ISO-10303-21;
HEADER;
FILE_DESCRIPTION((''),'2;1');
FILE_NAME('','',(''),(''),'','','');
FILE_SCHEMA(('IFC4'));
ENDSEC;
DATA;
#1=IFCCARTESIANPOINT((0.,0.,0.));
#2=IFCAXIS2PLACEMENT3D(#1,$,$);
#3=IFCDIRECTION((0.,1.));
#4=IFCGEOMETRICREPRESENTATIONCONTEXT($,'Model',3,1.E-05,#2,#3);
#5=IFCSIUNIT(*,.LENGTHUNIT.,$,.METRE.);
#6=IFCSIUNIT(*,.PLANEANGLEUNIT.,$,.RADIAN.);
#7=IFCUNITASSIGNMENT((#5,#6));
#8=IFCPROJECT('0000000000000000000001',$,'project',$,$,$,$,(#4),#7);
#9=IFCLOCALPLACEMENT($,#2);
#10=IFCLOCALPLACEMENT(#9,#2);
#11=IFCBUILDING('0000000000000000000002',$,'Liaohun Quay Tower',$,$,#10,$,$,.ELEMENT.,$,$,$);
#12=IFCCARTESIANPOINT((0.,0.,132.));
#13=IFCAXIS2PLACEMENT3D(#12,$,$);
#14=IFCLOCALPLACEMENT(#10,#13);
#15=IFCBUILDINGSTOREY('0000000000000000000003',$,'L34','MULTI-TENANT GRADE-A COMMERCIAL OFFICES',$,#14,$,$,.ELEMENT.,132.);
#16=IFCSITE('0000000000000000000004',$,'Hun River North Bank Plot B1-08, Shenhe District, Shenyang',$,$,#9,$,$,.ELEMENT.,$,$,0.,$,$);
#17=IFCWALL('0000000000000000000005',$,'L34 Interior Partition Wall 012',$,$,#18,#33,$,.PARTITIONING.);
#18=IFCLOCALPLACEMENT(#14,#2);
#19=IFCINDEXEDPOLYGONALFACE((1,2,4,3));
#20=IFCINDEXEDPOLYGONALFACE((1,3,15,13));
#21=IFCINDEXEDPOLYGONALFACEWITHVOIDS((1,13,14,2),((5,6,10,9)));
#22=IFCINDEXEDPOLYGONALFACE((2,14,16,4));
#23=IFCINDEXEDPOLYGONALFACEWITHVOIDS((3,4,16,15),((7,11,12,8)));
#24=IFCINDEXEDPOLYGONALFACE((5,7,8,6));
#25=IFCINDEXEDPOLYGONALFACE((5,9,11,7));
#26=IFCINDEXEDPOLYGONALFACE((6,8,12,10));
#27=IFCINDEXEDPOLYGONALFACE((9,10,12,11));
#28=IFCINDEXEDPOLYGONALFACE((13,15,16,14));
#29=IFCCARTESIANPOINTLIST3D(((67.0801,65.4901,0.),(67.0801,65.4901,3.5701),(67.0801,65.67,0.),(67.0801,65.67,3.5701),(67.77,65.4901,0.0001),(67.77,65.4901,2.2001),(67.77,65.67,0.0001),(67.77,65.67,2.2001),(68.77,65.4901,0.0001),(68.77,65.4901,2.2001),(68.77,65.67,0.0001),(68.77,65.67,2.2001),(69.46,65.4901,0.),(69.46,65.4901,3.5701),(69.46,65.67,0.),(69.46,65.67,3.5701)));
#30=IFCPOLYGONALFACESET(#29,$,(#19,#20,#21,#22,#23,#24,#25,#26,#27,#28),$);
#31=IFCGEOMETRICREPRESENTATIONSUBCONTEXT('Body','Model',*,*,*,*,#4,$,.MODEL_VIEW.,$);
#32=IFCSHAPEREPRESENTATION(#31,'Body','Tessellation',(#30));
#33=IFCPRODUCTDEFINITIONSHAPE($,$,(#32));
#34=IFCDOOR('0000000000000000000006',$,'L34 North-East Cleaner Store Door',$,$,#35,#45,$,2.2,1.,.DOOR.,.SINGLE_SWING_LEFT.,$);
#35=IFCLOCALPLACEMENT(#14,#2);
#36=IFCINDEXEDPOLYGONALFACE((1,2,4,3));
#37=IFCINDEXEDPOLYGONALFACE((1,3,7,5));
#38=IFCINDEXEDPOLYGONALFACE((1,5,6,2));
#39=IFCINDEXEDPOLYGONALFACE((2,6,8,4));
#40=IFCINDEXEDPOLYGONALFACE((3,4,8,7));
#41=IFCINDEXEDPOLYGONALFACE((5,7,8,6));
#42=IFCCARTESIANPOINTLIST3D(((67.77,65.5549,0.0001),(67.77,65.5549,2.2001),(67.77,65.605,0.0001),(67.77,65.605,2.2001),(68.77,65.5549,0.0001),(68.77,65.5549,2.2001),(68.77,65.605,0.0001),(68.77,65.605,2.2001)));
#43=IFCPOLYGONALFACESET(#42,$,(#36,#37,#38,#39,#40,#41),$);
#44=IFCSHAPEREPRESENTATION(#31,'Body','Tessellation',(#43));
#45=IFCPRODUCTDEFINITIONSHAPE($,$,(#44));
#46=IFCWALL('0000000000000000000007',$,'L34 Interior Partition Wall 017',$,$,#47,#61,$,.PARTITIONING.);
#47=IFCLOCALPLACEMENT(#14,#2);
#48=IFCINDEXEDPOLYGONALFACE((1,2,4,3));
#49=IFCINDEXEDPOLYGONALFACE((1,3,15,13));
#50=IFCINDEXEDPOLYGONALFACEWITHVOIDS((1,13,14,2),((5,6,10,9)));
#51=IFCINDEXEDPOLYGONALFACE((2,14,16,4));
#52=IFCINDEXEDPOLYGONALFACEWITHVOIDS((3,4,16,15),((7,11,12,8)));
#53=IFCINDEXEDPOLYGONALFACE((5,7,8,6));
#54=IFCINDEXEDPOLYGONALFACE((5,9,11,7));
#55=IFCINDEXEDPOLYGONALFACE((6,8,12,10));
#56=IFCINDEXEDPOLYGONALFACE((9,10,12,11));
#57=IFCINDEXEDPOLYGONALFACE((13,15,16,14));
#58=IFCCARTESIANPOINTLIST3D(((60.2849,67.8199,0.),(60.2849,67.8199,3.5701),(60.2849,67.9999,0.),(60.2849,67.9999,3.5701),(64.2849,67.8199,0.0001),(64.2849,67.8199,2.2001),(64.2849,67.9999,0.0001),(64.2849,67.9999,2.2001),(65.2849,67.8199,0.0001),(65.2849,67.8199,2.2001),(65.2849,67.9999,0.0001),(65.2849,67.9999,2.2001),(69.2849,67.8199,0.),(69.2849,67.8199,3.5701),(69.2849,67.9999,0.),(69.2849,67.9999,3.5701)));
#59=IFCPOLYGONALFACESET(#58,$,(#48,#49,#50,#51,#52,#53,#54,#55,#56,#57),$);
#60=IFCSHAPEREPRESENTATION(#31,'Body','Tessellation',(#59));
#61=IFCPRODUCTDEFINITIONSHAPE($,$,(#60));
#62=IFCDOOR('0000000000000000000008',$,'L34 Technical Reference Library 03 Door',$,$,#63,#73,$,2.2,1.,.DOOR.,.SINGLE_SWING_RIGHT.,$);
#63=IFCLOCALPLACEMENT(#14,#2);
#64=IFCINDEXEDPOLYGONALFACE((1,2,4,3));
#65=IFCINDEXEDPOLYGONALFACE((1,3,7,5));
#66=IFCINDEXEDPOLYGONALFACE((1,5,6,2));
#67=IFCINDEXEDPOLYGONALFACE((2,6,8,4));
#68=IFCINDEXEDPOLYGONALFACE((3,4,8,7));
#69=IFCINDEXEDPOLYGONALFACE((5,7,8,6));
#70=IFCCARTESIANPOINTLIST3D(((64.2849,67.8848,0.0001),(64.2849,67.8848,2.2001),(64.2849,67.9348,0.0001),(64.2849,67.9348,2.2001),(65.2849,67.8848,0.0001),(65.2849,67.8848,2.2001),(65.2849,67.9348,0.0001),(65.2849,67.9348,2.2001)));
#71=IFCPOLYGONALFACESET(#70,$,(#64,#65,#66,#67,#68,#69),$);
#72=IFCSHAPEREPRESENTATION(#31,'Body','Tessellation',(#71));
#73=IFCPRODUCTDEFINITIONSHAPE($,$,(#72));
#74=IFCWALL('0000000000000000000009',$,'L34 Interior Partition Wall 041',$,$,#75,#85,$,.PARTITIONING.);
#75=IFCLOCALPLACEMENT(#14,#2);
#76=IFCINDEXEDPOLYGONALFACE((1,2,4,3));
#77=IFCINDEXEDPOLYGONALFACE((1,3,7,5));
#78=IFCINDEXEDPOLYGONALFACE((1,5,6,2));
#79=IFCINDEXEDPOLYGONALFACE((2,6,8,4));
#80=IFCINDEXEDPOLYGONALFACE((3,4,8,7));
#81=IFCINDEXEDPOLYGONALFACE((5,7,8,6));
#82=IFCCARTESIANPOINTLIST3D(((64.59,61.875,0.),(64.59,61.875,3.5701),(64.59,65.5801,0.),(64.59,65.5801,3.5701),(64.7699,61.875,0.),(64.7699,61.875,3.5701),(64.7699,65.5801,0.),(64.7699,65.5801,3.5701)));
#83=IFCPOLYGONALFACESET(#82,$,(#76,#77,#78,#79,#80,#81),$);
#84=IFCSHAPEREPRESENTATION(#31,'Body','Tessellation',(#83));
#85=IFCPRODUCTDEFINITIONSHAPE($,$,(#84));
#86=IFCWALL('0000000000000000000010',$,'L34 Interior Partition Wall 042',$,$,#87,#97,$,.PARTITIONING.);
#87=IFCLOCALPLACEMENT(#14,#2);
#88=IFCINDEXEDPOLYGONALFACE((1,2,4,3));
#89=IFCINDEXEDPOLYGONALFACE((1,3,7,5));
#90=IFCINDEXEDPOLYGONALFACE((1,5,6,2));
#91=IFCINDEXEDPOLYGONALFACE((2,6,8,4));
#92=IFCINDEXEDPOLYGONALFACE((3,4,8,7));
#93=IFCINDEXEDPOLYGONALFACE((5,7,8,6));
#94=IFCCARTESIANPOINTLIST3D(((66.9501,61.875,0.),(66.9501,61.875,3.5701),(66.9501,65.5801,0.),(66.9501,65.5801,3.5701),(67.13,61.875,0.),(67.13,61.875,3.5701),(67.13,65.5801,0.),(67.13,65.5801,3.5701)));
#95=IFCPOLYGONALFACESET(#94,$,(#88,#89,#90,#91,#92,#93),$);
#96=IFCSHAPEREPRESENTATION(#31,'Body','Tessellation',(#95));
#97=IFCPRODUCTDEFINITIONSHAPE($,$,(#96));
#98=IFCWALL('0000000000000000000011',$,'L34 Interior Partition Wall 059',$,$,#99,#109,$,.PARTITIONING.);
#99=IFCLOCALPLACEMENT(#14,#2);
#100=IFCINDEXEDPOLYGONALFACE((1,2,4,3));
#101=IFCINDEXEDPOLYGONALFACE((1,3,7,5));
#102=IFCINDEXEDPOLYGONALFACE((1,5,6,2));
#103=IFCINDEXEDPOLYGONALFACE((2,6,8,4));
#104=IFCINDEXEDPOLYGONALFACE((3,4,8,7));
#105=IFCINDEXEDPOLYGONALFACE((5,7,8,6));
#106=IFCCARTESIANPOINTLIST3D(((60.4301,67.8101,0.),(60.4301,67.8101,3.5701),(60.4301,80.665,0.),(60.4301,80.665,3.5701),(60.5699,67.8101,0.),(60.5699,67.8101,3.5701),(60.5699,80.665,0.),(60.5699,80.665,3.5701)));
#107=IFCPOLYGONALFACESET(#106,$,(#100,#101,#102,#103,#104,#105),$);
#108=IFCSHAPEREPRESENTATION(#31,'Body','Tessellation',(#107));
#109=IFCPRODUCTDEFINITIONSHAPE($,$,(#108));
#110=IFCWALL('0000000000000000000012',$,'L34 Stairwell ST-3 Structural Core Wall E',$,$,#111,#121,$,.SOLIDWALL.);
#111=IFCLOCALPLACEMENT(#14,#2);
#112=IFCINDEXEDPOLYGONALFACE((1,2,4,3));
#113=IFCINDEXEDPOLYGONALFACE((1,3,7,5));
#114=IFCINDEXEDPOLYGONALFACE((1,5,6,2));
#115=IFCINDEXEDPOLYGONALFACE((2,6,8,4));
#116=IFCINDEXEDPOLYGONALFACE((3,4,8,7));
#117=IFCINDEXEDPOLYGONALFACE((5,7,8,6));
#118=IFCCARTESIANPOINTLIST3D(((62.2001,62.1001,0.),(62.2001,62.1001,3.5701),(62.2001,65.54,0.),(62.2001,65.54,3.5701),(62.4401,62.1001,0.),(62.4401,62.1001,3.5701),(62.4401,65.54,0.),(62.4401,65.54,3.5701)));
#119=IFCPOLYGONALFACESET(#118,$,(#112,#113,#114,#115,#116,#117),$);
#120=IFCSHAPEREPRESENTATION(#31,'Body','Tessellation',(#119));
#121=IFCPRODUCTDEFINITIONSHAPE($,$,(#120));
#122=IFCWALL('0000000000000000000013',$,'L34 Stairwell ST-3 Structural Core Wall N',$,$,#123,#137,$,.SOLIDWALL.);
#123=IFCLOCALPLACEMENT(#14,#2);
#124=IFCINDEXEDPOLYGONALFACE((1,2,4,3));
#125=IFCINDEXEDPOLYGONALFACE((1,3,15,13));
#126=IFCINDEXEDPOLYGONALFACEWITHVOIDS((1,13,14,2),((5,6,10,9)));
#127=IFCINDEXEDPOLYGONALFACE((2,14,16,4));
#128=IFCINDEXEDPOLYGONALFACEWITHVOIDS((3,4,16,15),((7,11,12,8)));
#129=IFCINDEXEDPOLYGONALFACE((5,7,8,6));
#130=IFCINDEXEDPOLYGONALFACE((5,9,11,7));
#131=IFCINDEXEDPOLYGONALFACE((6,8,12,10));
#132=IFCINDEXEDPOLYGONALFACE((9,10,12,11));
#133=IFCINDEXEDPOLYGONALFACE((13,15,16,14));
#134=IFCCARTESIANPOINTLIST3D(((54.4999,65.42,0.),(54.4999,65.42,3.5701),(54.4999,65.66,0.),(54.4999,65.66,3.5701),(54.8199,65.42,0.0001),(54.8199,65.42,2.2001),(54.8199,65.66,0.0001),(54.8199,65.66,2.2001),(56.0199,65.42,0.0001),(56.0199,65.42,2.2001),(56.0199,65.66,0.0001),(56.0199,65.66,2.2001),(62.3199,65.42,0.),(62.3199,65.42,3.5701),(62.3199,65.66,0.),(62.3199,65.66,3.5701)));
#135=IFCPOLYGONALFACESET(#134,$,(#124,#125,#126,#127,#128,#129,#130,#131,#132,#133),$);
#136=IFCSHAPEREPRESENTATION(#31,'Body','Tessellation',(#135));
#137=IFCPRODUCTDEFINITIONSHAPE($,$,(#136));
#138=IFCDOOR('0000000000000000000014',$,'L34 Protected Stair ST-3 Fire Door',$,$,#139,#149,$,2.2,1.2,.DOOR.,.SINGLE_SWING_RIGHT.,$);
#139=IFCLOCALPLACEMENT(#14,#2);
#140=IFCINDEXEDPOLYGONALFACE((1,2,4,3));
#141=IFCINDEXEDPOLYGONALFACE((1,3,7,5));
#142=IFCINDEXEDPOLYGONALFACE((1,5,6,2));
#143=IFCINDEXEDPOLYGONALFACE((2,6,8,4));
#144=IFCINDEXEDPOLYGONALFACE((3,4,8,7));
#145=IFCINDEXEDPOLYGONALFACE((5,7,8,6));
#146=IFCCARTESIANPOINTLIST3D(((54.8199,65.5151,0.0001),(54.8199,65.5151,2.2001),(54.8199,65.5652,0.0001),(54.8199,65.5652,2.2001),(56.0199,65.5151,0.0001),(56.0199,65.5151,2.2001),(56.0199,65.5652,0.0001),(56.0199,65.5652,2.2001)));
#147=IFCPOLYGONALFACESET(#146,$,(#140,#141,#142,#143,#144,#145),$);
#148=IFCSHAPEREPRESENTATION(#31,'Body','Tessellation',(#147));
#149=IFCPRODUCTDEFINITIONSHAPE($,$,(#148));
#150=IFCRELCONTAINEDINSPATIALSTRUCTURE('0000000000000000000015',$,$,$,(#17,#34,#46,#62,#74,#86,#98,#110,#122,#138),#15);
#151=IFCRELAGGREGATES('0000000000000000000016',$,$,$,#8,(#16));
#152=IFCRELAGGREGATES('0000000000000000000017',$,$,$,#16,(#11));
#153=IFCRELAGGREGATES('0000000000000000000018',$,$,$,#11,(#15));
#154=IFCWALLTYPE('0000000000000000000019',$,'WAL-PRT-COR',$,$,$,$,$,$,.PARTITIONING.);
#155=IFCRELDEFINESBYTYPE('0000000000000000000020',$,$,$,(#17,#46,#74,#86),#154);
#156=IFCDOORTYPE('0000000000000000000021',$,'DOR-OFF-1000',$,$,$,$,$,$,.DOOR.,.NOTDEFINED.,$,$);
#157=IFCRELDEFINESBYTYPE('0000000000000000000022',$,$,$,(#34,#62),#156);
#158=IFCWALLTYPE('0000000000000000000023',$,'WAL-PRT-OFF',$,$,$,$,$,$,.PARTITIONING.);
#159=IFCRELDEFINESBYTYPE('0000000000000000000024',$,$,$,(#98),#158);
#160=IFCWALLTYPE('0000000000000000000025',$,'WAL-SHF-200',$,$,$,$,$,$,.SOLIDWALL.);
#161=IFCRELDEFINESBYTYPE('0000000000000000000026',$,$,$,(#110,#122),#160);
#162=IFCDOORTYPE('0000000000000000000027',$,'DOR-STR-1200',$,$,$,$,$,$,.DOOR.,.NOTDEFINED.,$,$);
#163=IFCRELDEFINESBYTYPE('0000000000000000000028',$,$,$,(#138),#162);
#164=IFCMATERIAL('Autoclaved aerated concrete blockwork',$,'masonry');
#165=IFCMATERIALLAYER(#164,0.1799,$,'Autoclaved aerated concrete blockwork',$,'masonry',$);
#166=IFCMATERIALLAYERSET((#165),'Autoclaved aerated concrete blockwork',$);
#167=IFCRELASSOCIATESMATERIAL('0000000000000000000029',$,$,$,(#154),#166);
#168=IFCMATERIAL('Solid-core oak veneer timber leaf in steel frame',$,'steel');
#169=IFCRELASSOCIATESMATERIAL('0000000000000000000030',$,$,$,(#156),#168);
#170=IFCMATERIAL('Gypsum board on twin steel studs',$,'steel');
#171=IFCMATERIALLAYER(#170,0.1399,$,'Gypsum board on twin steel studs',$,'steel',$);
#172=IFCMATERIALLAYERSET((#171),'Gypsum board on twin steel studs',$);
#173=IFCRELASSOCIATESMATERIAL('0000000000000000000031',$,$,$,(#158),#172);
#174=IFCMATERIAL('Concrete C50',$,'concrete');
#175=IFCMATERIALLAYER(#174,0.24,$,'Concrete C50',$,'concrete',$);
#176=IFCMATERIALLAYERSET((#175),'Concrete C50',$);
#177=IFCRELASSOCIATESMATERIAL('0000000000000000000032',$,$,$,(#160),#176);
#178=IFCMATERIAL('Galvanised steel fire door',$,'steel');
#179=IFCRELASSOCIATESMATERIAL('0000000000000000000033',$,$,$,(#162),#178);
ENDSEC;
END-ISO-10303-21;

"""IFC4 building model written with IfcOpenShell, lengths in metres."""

from ifc_helpers import new_model, si_unit, direction, frame, frame_2d, origin, place, context, subcontext, project, spatial, rectangle, extrude, source, transform, mapped, material, layer, layer_set, type_object, element, fill, save


model = new_model("IFC4")

# Units and contexts
model_context = context("Model", 3, precision=1e-05, world=origin(), true_north=direction((0.0, 1.0)))
body_context = subcontext(model_context, "Body", "Model", "MODEL_VIEW")
ifc_project = project(units=[si_unit("LENGTHUNIT", "METRE"), si_unit("PLANEANGLEUNIT", "RADIAN")], contexts=[model_context])

# Site, building, storey
site_placement = place(None, origin())
site = spatial("IfcSite", under=ifc_project, at=site_placement, Name="Hun River North Bank Plot B1-08, Shenhe District, Shenyang", CompositionType="ELEMENT", RefElevation=0.0)
building_placement = place(site_placement, origin())
building = spatial("IfcBuilding", under=site, at=building_placement, Name="Liaohun Quay Tower", CompositionType="ELEMENT")
storey_placement = place(building_placement, frame((0.0, 0.0, 132.0)))
storey = spatial("IfcBuildingStorey", under=building, at=storey_placement, Name="L34", Description="MULTI-TENANT GRADE-A COMMERCIAL OFFICES", CompositionType="ELEMENT", Elevation=132.0)

# Walls, openings, doors
ifc_material_1 = material(Name="Autoclaved aerated concrete blockwork", Category="masonry")
ifc_layer_1 = layer(ifc_material_1, 0.1799, Name="Autoclaved aerated concrete blockwork", Category="masonry")
ifc_layer_set_1 = layer_set([ifc_layer_1], Name="Autoclaved aerated concrete blockwork")
wall_type_1 = type_object("IfcWallType", Name="WAL-PRT-COR", PredefinedType="PARTITIONING", material=ifc_layer_set_1)
shared_shape_1 = source(origin(), body_context, "Body", "SweptSolid", [
    extrude(rectangle(XDim=1.0, YDim=2.2, at=frame_2d((0.5, 1.1001))), frame((0.0, 0.0999, 0.0), z_axis=(0.0, -1.0, 0.0), x_axis=(1.0, 0.0, 0.0)), (0.0, 0.0, 1.0), 0.2),
])
ifc_material_2 = material(Name="Solid-core oak veneer timber leaf in steel frame", Category="steel")
door_type_1 = type_object("IfcDoorType", Name="DOR-OFF-1000", OperationType="NOTDEFINED", PredefinedType="DOOR", material=ifc_material_2)
shared_shape_2 = source(origin(), body_context, "Body", "SweptSolid", [
    extrude(rectangle(XDim=1.0, YDim=2.2, at=frame_2d((0.5, 1.1001))), frame((0.0, 0.0249, 0.0), z_axis=(0.0, -1.0, 0.0), x_axis=(1.0, 0.0, 0.0)), (0.0, 0.0, 1.0), 0.05),
])
wall_1_placement = place(storey_placement, frame((67.0801, 65.5801, 0.0), z_axis=(0.0, 0.0, 1.0), x_axis=(1.0, 0.0, 0.0)))
wall_1 = element("IfcWall", 1, at=wall_1_placement, inside=storey, type_object=wall_type_1, Name="L34 Interior Partition Wall 012", PredefinedType="PARTITIONING", context=body_context, shape_type="SweptSolid", body=[
    extrude(rectangle(XDim=2.3799, YDim=0.1799, at=frame_2d((1.1899, 0.0))), origin(), (0.0, 0.0, 1.0), 3.5701),
])
opening_1_placement = place(wall_1_placement, frame((0.6899, 0.0, 0.0)))
opening_1 = element("IfcOpeningElement", 2, at=opening_1_placement, cuts=wall_1, PredefinedType="OPENING", context=body_context, shape_type="MappedRepresentation", body=[
    mapped(shared_shape_1, transform((0.0, 0.0, 0.0), x_axis=(1.0, 0.0, 0.0), y_axis=(0.0, 1.0, 0.0), z_axis=(0.0, 0.0, 1.0), scale=1.0)),
])
door_1_placement = place(opening_1_placement, origin())
door_1 = element("IfcDoor", 3, at=door_1_placement, inside=storey, type_object=door_type_1, Name="L34 North-East Cleaner Store Door", OperationType="SINGLE_SWING_LEFT", OverallHeight=2.2, OverallWidth=1.0, PredefinedType="DOOR", context=body_context, shape_type="MappedRepresentation", body=[
    mapped(shared_shape_2, transform((0.0, 0.0, 0.0), x_axis=(1.0, 0.0, 0.0), y_axis=(0.0, 1.0, 0.0), z_axis=(0.0, 0.0, 1.0), scale=1.0)),
])
fill(opening_1, door_1)
wall_2_placement = place(storey_placement, frame((60.2849, 67.9099, 0.0), z_axis=(0.0, 0.0, 1.0), x_axis=(1.0, 0.0, 0.0)))
wall_2 = element("IfcWall", 4, at=wall_2_placement, inside=storey, type_object=wall_type_1, Name="L34 Interior Partition Wall 017", PredefinedType="PARTITIONING", context=body_context, shape_type="SweptSolid", body=[
    extrude(rectangle(XDim=9.0, YDim=0.1799, at=frame_2d((4.5, 0.0))), origin(), (0.0, 0.0, 1.0), 3.5701),
])
opening_2_placement = place(wall_2_placement, frame((4.0, 0.0, 0.0)))
opening_2 = element("IfcOpeningElement", 5, at=opening_2_placement, cuts=wall_2, PredefinedType="OPENING", context=body_context, shape_type="MappedRepresentation", body=[
    mapped(shared_shape_1, transform((0.0, 0.0, 0.0), x_axis=(1.0, 0.0, 0.0), y_axis=(0.0, 1.0, 0.0), z_axis=(0.0, 0.0, 1.0), scale=1.0)),
])
door_2_placement = place(opening_2_placement, origin())
door_2 = element("IfcDoor", 6, at=door_2_placement, inside=storey, type_object=door_type_1, Name="L34 Technical Reference Library 03 Door", OperationType="SINGLE_SWING_RIGHT", OverallHeight=2.2, OverallWidth=1.0, PredefinedType="DOOR", context=body_context, shape_type="MappedRepresentation", body=[
    mapped(shared_shape_2, transform((0.0, 0.0, 0.0), x_axis=(1.0, 0.0, 0.0), y_axis=(0.0, 1.0, 0.0), z_axis=(0.0, 0.0, 1.0), scale=1.0)),
])
fill(opening_2, door_2)

# Walls
for number, where, z_axis, x_axis, name in (
    (7, (64.6799, 61.875, 0.0), (0.0, 0.0, 1.0), (0.0, 1.0, 0.0), "L34 Interior Partition Wall 041"),
    (8, (67.04, 61.875, 0.0), (0.0, 0.0, 1.0), (0.0, 1.0, 0.0), "L34 Interior Partition Wall 042"),
):
    element("IfcWall", number, at=place(storey_placement, frame(where, z_axis=z_axis, x_axis=x_axis)), inside=storey, type_object=wall_type_1, Name=name, PredefinedType="PARTITIONING", context=body_context, shape_type="SweptSolid", body=[
        extrude(rectangle(XDim=3.7051, YDim=0.1799, at=frame_2d((1.8525, 0.0))), origin(), (0.0, 0.0, 1.0), 3.5701),
    ])
ifc_material_3 = material(Name="Gypsum board on twin steel studs", Category="steel")
ifc_layer_2 = layer(ifc_material_3, 0.1399, Name="Gypsum board on twin steel studs", Category="steel")
ifc_layer_set_2 = layer_set([ifc_layer_2], Name="Gypsum board on twin steel studs")
wall_type_2 = type_object("IfcWallType", Name="WAL-PRT-OFF", PredefinedType="PARTITIONING", material=ifc_layer_set_2)
wall_3_placement = place(storey_placement, frame((60.5, 67.8101, 0.0), z_axis=(0.0, 0.0, 1.0), x_axis=(0.0, 1.0, 0.0)))
element("IfcWall", 9, at=wall_3_placement, inside=storey, type_object=wall_type_2, Name="L34 Interior Partition Wall 059", PredefinedType="PARTITIONING", context=body_context, shape_type="SweptSolid", body=[
    extrude(rectangle(XDim=12.855, YDim=0.1399, at=frame_2d((6.4275, 0.0))), origin(), (0.0, 0.0, 1.0), 3.5701),
])
ifc_material_4 = material(Name="Concrete C50", Category="concrete")
ifc_layer_3 = layer(ifc_material_4, 0.24, Name="Concrete C50", Category="concrete")
ifc_layer_set_3 = layer_set([ifc_layer_3], Name="Concrete C50")
wall_type_3 = type_object("IfcWallType", Name="WAL-SHF-200", PredefinedType="SOLIDWALL", material=ifc_layer_set_3)
wall_4_placement = place(storey_placement, frame((62.3201, 62.1001, 0.0), z_axis=(0.0, 0.0, 1.0), x_axis=(0.0, 1.0, 0.0)))
element("IfcWall", 10, at=wall_4_placement, inside=storey, type_object=wall_type_3, Name="L34 Stairwell ST-3 Structural Core Wall E", PredefinedType="SOLIDWALL", context=body_context, shape_type="SweptSolid", body=[
    extrude(rectangle(XDim=3.4399, YDim=0.24, at=frame_2d((1.72, 0.0))), origin(), (0.0, 0.0, 1.0), 3.5701),
])

# Wall, opening, door
wall_5_placement = place(storey_placement, frame((62.3201, 65.54, 0.0), z_axis=(0.0, 0.0, 1.0), x_axis=(-1.0, 0.0, 0.0)))
wall_5 = element("IfcWall", 11, at=wall_5_placement, inside=storey, type_object=wall_type_3, Name="L34 Stairwell ST-3 Structural Core Wall N", PredefinedType="SOLIDWALL", context=body_context, shape_type="SweptSolid", body=[
    extrude(rectangle(XDim=7.8201, YDim=0.24, at=frame_2d((3.9102, 0.0))), origin(), (0.0, 0.0, 1.0), 3.5701),
])
shared_shape_3 = source(origin(), body_context, "Body", "SweptSolid", [
    extrude(rectangle(XDim=1.2, YDim=2.2, at=frame_2d((0.6001, 1.1001))), frame((0.0, 0.1299, 0.0), z_axis=(0.0, -1.0, 0.0), x_axis=(1.0, 0.0, 0.0)), (0.0, 0.0, 1.0), 0.26),
])
opening_3_placement = place(wall_5_placement, frame((6.3, 0.0, 0.0)))
opening_3 = element("IfcOpeningElement", 12, at=opening_3_placement, cuts=wall_5, PredefinedType="OPENING", context=body_context, shape_type="MappedRepresentation", body=[
    mapped(shared_shape_3, transform((0.0, 0.0, 0.0), x_axis=(1.0, 0.0, 0.0), y_axis=(0.0, 1.0, 0.0), z_axis=(0.0, 0.0, 1.0), scale=1.0)),
])
ifc_material_5 = material(Name="Galvanised steel fire door", Category="steel")
door_type_2 = type_object("IfcDoorType", Name="DOR-STR-1200", OperationType="NOTDEFINED", PredefinedType="DOOR", material=ifc_material_5)
shared_shape_4 = source(origin(), body_context, "Body", "SweptSolid", [
    extrude(rectangle(XDim=1.2, YDim=2.2, at=frame_2d((0.6001, 1.1001))), frame((0.0, 0.0249, 0.0), z_axis=(0.0, -1.0, 0.0), x_axis=(1.0, 0.0, 0.0)), (0.0, 0.0, 1.0), 0.05),
])
door_3_placement = place(opening_3_placement, origin())
door_3 = element("IfcDoor", 13, at=door_3_placement, inside=storey, type_object=door_type_2, Name="L34 Protected Stair ST-3 Fire Door", OperationType="SINGLE_SWING_RIGHT", OverallHeight=2.2, OverallWidth=1.2, PredefinedType="DOOR", context=body_context, shape_type="MappedRepresentation", body=[
    mapped(shared_shape_4, transform((0.0, 0.0, 0.0), x_axis=(1.0, 0.0, 0.0), y_axis=(0.0, 1.0, 0.0), z_axis=(0.0, 0.0, 1.0), scale=1.0)),
])
fill(opening_3, door_3)

save(model, "model.ifc")
